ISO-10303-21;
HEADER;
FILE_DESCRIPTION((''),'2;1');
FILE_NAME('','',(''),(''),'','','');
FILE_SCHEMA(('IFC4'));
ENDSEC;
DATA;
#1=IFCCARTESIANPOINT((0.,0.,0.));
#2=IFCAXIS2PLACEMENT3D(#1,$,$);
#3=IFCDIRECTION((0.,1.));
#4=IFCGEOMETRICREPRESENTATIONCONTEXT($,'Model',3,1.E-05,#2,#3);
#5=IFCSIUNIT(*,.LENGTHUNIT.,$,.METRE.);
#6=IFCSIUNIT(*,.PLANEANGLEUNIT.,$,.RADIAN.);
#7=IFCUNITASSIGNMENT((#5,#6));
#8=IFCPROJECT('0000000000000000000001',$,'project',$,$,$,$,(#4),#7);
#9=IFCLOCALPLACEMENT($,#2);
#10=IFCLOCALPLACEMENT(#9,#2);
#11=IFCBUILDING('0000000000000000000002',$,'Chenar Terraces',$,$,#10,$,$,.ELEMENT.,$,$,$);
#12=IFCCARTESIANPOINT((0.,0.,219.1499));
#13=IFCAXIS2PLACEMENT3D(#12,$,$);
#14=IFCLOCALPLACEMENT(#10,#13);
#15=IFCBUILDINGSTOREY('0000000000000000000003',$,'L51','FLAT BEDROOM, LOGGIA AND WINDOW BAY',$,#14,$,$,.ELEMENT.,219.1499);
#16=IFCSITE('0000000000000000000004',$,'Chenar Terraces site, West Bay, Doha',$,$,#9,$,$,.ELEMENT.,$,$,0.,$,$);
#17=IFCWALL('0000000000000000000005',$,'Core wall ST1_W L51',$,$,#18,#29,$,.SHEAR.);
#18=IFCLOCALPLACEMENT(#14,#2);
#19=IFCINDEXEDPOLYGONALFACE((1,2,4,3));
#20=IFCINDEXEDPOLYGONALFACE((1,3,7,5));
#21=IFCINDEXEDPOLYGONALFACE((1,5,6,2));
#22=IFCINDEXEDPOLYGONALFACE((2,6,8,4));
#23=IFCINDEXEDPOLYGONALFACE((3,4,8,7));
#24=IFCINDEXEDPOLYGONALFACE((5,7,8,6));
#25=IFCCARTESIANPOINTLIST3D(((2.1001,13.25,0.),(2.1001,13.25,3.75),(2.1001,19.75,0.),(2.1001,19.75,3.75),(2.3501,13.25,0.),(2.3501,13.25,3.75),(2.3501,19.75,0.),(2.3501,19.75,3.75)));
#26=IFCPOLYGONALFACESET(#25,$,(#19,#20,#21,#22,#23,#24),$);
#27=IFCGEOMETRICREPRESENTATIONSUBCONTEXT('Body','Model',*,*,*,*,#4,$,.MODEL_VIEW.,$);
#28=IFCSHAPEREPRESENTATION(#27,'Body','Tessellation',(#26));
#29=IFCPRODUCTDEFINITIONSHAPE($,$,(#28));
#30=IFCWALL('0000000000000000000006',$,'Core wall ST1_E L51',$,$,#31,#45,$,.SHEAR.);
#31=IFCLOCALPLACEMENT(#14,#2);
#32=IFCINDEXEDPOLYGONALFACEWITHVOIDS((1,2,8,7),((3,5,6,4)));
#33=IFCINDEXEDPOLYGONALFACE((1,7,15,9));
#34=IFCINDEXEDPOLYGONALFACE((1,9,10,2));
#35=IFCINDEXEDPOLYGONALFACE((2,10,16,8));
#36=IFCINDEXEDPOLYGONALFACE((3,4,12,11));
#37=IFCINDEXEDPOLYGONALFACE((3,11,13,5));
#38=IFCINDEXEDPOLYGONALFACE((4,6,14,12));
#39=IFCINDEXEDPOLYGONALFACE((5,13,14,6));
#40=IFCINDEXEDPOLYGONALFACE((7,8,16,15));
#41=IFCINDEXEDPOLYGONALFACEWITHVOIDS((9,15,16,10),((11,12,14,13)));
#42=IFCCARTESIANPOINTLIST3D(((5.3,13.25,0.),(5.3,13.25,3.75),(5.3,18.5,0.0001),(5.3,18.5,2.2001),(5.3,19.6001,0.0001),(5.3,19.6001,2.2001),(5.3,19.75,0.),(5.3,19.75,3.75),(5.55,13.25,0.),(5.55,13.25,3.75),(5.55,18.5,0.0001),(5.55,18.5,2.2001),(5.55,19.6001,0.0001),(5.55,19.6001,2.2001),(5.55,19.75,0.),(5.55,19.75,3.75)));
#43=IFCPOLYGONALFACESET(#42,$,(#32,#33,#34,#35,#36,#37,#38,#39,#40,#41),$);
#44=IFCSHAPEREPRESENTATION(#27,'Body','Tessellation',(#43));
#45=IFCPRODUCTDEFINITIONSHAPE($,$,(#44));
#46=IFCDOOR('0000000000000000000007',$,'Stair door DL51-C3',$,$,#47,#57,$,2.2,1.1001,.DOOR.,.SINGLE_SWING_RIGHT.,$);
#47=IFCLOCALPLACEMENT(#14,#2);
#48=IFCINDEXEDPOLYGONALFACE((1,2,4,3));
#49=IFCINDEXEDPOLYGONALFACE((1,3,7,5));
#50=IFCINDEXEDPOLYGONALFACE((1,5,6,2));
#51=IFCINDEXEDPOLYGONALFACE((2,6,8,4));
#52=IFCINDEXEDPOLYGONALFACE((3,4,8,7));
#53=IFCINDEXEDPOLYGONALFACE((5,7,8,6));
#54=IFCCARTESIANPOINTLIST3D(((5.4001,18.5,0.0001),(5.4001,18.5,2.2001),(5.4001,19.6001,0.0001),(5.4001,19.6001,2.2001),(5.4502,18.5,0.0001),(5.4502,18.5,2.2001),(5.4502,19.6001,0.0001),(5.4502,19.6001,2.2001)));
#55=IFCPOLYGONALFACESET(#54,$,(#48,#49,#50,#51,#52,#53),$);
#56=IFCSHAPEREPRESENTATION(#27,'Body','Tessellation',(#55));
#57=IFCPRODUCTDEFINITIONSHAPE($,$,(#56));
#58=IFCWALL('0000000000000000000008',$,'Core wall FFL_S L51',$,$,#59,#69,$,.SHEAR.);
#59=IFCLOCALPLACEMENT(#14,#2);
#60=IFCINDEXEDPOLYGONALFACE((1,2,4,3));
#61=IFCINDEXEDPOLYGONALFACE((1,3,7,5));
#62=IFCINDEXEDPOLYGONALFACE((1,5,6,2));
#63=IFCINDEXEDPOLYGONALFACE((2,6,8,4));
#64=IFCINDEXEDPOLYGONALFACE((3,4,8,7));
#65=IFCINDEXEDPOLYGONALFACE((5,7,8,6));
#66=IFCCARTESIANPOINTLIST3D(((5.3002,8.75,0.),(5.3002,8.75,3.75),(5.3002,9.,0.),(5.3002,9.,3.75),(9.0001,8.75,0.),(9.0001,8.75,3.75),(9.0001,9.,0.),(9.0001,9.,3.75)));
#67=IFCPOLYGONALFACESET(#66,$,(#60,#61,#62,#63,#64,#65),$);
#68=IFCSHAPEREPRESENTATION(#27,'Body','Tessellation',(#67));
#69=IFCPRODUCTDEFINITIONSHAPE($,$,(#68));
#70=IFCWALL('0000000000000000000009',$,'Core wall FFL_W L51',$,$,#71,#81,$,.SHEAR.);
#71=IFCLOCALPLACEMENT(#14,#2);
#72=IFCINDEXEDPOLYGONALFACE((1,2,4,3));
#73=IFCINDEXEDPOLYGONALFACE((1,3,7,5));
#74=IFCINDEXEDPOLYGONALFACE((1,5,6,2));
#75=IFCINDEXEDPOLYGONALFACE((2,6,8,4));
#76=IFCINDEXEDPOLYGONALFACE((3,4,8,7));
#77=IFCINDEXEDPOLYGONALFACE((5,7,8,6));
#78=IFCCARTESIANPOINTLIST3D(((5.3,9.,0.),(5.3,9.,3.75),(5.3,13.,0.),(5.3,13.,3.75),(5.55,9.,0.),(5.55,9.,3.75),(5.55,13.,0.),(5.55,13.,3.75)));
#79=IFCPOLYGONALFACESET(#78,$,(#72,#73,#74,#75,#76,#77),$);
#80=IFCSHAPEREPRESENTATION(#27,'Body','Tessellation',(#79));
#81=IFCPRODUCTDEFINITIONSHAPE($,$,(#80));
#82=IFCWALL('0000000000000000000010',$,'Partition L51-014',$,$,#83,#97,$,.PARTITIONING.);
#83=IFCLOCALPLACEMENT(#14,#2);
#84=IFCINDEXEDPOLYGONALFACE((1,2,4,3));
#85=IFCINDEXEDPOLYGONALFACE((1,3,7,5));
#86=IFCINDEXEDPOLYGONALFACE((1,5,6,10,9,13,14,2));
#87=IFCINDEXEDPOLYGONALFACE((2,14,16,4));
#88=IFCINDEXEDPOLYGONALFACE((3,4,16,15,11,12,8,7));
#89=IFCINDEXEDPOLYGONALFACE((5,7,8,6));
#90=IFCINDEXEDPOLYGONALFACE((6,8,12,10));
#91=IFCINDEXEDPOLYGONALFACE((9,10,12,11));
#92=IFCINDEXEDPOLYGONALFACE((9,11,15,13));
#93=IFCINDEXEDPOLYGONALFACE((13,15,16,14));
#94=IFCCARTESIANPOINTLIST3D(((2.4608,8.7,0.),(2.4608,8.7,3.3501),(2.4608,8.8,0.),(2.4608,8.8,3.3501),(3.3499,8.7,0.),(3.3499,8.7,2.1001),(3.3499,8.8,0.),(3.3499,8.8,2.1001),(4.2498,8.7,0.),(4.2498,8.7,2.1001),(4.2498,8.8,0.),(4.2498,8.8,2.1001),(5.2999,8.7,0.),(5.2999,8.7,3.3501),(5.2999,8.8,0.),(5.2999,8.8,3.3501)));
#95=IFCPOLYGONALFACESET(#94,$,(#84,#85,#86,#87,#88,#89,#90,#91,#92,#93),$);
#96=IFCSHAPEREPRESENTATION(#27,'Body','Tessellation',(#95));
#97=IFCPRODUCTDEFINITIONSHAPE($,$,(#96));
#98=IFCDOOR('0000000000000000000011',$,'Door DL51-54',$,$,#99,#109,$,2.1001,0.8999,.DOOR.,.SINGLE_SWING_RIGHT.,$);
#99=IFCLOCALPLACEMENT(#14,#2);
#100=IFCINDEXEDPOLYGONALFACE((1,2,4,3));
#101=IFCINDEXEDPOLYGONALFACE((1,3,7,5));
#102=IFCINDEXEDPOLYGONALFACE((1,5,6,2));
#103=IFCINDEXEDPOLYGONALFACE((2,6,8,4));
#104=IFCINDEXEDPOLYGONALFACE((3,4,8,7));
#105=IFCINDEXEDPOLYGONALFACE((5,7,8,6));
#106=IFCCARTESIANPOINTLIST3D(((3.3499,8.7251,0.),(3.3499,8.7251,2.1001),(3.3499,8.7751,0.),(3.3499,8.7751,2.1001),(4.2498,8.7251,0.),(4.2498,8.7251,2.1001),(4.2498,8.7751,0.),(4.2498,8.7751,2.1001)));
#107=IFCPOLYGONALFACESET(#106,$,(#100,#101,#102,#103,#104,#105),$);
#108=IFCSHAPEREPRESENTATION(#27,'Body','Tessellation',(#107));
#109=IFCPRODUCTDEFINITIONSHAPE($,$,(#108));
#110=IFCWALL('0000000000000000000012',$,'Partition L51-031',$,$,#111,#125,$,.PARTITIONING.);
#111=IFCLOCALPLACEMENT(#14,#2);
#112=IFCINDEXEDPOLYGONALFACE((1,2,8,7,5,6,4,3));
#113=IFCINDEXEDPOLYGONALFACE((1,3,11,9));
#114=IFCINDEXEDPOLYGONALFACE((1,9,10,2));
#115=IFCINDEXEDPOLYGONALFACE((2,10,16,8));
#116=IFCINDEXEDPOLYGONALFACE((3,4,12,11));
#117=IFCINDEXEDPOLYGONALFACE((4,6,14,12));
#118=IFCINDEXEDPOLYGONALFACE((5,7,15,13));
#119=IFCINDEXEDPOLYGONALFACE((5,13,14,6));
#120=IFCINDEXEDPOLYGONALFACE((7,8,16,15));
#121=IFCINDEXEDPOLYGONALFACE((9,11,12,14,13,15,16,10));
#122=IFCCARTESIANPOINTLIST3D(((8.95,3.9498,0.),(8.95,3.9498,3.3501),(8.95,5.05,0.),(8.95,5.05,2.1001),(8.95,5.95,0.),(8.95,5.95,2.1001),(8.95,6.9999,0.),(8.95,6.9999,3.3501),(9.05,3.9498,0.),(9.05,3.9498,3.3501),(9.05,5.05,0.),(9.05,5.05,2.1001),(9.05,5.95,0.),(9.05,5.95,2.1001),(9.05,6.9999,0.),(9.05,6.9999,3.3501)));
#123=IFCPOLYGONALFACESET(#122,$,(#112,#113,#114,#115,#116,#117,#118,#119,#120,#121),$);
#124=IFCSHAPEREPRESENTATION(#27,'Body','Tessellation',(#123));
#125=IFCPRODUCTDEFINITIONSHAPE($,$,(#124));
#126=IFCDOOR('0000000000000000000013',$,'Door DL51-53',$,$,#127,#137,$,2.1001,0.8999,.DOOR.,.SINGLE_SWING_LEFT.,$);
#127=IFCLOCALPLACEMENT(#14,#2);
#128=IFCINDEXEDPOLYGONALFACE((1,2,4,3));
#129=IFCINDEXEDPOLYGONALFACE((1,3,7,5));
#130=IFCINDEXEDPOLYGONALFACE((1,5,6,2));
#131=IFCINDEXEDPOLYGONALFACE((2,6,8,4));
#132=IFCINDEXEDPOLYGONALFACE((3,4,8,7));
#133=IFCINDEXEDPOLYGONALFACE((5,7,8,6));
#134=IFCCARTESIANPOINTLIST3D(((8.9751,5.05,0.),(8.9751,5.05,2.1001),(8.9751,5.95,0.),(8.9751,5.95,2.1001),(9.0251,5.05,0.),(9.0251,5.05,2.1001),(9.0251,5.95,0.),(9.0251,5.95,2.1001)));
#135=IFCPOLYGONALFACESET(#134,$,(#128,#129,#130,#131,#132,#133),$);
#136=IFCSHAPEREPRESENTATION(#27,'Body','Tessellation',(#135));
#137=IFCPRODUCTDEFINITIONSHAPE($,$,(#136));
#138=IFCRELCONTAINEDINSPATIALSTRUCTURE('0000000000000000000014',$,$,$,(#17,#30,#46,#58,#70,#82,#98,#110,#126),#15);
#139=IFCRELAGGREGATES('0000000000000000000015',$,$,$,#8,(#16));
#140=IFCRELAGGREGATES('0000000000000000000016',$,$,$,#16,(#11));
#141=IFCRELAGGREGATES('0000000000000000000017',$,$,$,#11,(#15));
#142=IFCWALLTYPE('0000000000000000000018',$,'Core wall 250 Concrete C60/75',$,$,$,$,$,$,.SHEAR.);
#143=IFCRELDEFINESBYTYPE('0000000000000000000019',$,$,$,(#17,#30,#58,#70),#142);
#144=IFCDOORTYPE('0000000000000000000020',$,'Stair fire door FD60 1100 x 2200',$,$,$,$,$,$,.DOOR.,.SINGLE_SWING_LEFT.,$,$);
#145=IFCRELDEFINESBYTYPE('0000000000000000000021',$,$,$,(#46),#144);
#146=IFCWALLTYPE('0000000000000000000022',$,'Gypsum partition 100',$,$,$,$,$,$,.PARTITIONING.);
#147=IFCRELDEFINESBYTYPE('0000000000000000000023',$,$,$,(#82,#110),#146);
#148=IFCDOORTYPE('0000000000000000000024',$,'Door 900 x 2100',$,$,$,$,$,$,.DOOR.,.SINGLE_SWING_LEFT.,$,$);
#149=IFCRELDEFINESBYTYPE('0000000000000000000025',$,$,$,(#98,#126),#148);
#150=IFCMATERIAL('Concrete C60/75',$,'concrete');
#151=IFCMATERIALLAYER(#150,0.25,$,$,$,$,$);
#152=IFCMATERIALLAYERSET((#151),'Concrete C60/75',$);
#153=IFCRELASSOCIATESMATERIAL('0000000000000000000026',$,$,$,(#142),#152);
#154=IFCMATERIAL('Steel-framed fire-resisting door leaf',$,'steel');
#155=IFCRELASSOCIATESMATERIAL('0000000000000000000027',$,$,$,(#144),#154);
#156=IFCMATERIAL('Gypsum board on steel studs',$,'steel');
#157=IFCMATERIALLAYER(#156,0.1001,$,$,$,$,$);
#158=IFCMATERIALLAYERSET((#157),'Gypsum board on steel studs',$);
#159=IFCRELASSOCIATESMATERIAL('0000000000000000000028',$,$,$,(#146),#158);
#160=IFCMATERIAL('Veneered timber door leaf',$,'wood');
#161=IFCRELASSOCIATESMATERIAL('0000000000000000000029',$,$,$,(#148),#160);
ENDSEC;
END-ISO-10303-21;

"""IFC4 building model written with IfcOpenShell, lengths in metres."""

from ifc_helpers import new_model, si_unit, direction, frame, frame_2d, origin, place, context, subcontext, project, spatial, rectangle, extrude, material, layer, layer_set, type_object, element, fill, save


model = new_model("IFC4")

# Units and contexts
model_context = context("Model", 3, precision=1e-05, world=origin(), true_north=direction((0.0, 1.0)))
body_context = subcontext(model_context, "Body", "Model", "MODEL_VIEW")
ifc_project = project(units=[si_unit("LENGTHUNIT", "METRE"), si_unit("PLANEANGLEUNIT", "RADIAN")], contexts=[model_context])

# Site, building, storey
site_placement = place(None, origin())
site = spatial("IfcSite", under=ifc_project, at=site_placement, Name="Chenar Terraces site, West Bay, Doha", CompositionType="ELEMENT", RefElevation=0.0)
building_placement = place(site_placement, origin())
building = spatial("IfcBuilding", under=site, at=building_placement, Name="Chenar Terraces", CompositionType="ELEMENT")
storey_placement = place(building_placement, frame((0.0, 0.0, 219.1499)))
storey = spatial("IfcBuildingStorey", under=building, at=storey_placement, Name="L51", Description="FLAT BEDROOM, LOGGIA AND WINDOW BAY", CompositionType="ELEMENT", Elevation=219.1499)

# Wall
ifc_material_1 = material(Name="Concrete C60/75", Category="concrete")
ifc_layer_1 = layer(ifc_material_1, 0.25)
ifc_layer_set_1 = layer_set([ifc_layer_1], Name="Concrete C60/75")
wall_type_1 = type_object("IfcWallType", Name="Core wall 250 Concrete C60/75", PredefinedType="SHEAR", material=ifc_layer_set_1)
wall_1_placement = place(storey_placement, frame((2.2251, 13.25, 0.0), z_axis=(0.0, 0.0, 1.0), x_axis=(0.0, 1.0, 0.0)))
element("IfcWall", 1, at=wall_1_placement, inside=storey, type_object=wall_type_1, Name="Core wall ST1_W L51", PredefinedType="SHEAR", context=body_context, shape_type="SweptSolid", body=[
    extrude(rectangle(XDim=6.5, YDim=0.25, at=frame_2d((3.25, 0.0))), origin(), (0.0, 0.0, 1.0), 3.75),
])

# Wall, opening, door
wall_2_placement = place(storey_placement, frame((5.425, 13.25, 0.0), z_axis=(0.0, 0.0, 1.0), x_axis=(0.0, 1.0, 0.0)))
wall_2 = element("IfcWall", 2, at=wall_2_placement, inside=storey, type_object=wall_type_1, Name="Core wall ST1_E L51", PredefinedType="SHEAR", context=body_context, shape_type="SweptSolid", body=[
    extrude(rectangle(XDim=6.5, YDim=0.25, at=frame_2d((3.25, 0.0))), origin(), (0.0, 0.0, 1.0), 3.75),
])
opening_1_placement = place(wall_2_placement, frame((5.25, 0.0, 0.0)))
opening_1 = element("IfcOpeningElement", 3, at=opening_1_placement, cuts=wall_2, PredefinedType="OPENING", context=body_context, shape_type="SweptSolid", body=[
    extrude(rectangle(XDim=1.1001, YDim=2.2, at=frame_2d((0.55, 1.1001))), frame((0.0, 0.135, 0.0), z_axis=(0.0, -1.0, 0.0), x_axis=(1.0, 0.0, 0.0)), (0.0, 0.0, 1.0), 0.27),
])
ifc_material_2 = material(Name="Steel-framed fire-resisting door leaf", Category="steel")
door_type_1 = type_object("IfcDoorType", Name="Stair fire door FD60 1100 x 2200", OperationType="SINGLE_SWING_LEFT", PredefinedType="DOOR", material=ifc_material_2)
door_1_placement = place(opening_1_placement, origin())
door_1 = element("IfcDoor", 4, at=door_1_placement, inside=storey, type_object=door_type_1, Name="Stair door DL51-C3", OperationType="SINGLE_SWING_RIGHT", OverallHeight=2.2, OverallWidth=1.1001, PredefinedType="DOOR", context=body_context, shape_type="SweptSolid", body=[
    extrude(rectangle(XDim=1.1001, YDim=2.2, at=frame_2d((0.55, 1.1001))), frame((0.0, 0.0249, 0.0), z_axis=(0.0, -1.0, 0.0), x_axis=(1.0, 0.0, 0.0)), (0.0, 0.0, 1.0), 0.05),
])
fill(opening_1, door_1)

# Walls
wall_3_placement = place(storey_placement, frame((5.3, 8.875, 0.0), z_axis=(0.0, 0.0, 1.0), x_axis=(1.0, 0.0, 0.0)))
element("IfcWall", 5, at=wall_3_placement, inside=storey, type_object=wall_type_1, Name="Core wall FFL_S L51", PredefinedType="SHEAR", context=body_context, shape_type="SweptSolid", body=[
    extrude(rectangle(XDim=3.7, YDim=0.25, at=frame_2d((1.8501, 0.0))), origin(), (0.0, 0.0, 1.0), 3.75),
])
wall_4_placement = place(storey_placement, frame((5.425, 9.0, 0.0), z_axis=(0.0, 0.0, 1.0), x_axis=(0.0, 1.0, 0.0)))
element("IfcWall", 6, at=wall_4_placement, inside=storey, type_object=wall_type_1, Name="Core wall FFL_W L51", PredefinedType="SHEAR", context=body_context, shape_type="SweptSolid", body=[
    extrude(rectangle(XDim=4.0, YDim=0.25, at=frame_2d((2.0, 0.0))), origin(), (0.0, 0.0, 1.0), 3.75),
])

# Walls, openings, doors
ifc_material_3 = material(Name="Gypsum board on steel studs", Category="steel")
ifc_layer_2 = layer(ifc_material_3, 0.1001)
ifc_layer_set_2 = layer_set([ifc_layer_2], Name="Gypsum board on steel studs")
wall_type_2 = type_object("IfcWallType", Name="Gypsum partition 100", PredefinedType="PARTITIONING", material=ifc_layer_set_2)
wall_5_placement = place(storey_placement, frame((2.4609, 8.75, 0.0), z_axis=(0.0, 0.0, 1.0), x_axis=(1.0, 0.0, 0.0)))
wall_5 = element("IfcWall", 7, at=wall_5_placement, inside=storey, type_object=wall_type_2, Name="Partition L51-014", PredefinedType="PARTITIONING", context=body_context, shape_type="SweptSolid", body=[
    extrude(rectangle(XDim=2.8391, YDim=0.1001, at=frame_2d((1.4194, 0.0))), origin(), (0.0, 0.0, 1.0), 3.3501),
])
opening_2_placement = place(wall_5_placement, frame((0.8889, 0.0, 0.0)))
opening_2 = element("IfcOpeningElement", 8, at=opening_2_placement, cuts=wall_5, PredefinedType="OPENING", context=body_context, shape_type="SweptSolid", body=[
    extrude(rectangle(XDim=0.8999, YDim=2.1001, at=frame_2d((0.45, 1.05))), frame((0.0, 0.0601, 0.0), z_axis=(0.0, -1.0, 0.0), x_axis=(1.0, 0.0, 0.0)), (0.0, 0.0, 1.0), 0.1201),
])
ifc_material_4 = material(Name="Veneered timber door leaf", Category="wood")
door_type_2 = type_object("IfcDoorType", Name="Door 900 x 2100", OperationType="SINGLE_SWING_LEFT", PredefinedType="DOOR", material=ifc_material_4)
door_2_placement = place(opening_2_placement, frame((0.8999, 0.0, 0.0), z_axis=(0.0, 0.0, 1.0), x_axis=(-1.0, 0.0, 0.0)))
door_2 = element("IfcDoor", 9, at=door_2_placement, inside=storey, type_object=door_type_2, Name="Door DL51-54", OperationType="SINGLE_SWING_RIGHT", OverallHeight=2.1001, OverallWidth=0.8999, PredefinedType="DOOR", context=body_context, shape_type="SweptSolid", body=[
    extrude(rectangle(XDim=0.8999, YDim=2.1001, at=frame_2d((0.45, 1.05))), frame((0.0, 0.0249, 0.0), z_axis=(0.0, -1.0, 0.0), x_axis=(1.0, 0.0, 0.0)), (0.0, 0.0, 1.0), 0.05),
])
fill(opening_2, door_2)
wall_6_placement = place(storey_placement, frame((9.0, 3.95, 0.0), z_axis=(0.0, 0.0, 1.0), x_axis=(0.0, 1.0, 0.0)))
wall_6 = element("IfcWall", 10, at=wall_6_placement, inside=storey, type_object=wall_type_2, Name="Partition L51-031", PredefinedType="PARTITIONING", context=body_context, shape_type="SweptSolid", body=[
    extrude(rectangle(XDim=3.05, YDim=0.1001, at=frame_2d((1.5249, 0.0))), origin(), (0.0, 0.0, 1.0), 3.3501),
])
opening_3_placement = place(wall_6_placement, frame((1.1001, 0.0, 0.0)))
opening_3 = element("IfcOpeningElement", 11, at=opening_3_placement, cuts=wall_6, PredefinedType="OPENING", context=body_context, shape_type="SweptSolid", body=[
    extrude(rectangle(XDim=0.8999, YDim=2.1001, at=frame_2d((0.45, 1.05))), frame((0.0, 0.0601, 0.0), z_axis=(0.0, -1.0, 0.0), x_axis=(1.0, 0.0, 0.0)), (0.0, 0.0, 1.0), 0.1201),
])
door_3_placement = place(opening_3_placement, origin())
door_3 = element("IfcDoor", 12, at=door_3_placement, inside=storey, type_object=door_type_2, Name="Door DL51-53", OperationType="SINGLE_SWING_LEFT", OverallHeight=2.1001, OverallWidth=0.8999, PredefinedType="DOOR", context=body_context, shape_type="SweptSolid", body=[
    extrude(rectangle(XDim=0.8999, YDim=2.1001, at=frame_2d((0.45, 1.05))), frame((0.0, 0.0249, 0.0), z_axis=(0.0, -1.0, 0.0), x_axis=(1.0, 0.0, 0.0)), (0.0, 0.0, 1.0), 0.05),
])
fill(opening_3, door_3)

save(model, "model.ifc")
